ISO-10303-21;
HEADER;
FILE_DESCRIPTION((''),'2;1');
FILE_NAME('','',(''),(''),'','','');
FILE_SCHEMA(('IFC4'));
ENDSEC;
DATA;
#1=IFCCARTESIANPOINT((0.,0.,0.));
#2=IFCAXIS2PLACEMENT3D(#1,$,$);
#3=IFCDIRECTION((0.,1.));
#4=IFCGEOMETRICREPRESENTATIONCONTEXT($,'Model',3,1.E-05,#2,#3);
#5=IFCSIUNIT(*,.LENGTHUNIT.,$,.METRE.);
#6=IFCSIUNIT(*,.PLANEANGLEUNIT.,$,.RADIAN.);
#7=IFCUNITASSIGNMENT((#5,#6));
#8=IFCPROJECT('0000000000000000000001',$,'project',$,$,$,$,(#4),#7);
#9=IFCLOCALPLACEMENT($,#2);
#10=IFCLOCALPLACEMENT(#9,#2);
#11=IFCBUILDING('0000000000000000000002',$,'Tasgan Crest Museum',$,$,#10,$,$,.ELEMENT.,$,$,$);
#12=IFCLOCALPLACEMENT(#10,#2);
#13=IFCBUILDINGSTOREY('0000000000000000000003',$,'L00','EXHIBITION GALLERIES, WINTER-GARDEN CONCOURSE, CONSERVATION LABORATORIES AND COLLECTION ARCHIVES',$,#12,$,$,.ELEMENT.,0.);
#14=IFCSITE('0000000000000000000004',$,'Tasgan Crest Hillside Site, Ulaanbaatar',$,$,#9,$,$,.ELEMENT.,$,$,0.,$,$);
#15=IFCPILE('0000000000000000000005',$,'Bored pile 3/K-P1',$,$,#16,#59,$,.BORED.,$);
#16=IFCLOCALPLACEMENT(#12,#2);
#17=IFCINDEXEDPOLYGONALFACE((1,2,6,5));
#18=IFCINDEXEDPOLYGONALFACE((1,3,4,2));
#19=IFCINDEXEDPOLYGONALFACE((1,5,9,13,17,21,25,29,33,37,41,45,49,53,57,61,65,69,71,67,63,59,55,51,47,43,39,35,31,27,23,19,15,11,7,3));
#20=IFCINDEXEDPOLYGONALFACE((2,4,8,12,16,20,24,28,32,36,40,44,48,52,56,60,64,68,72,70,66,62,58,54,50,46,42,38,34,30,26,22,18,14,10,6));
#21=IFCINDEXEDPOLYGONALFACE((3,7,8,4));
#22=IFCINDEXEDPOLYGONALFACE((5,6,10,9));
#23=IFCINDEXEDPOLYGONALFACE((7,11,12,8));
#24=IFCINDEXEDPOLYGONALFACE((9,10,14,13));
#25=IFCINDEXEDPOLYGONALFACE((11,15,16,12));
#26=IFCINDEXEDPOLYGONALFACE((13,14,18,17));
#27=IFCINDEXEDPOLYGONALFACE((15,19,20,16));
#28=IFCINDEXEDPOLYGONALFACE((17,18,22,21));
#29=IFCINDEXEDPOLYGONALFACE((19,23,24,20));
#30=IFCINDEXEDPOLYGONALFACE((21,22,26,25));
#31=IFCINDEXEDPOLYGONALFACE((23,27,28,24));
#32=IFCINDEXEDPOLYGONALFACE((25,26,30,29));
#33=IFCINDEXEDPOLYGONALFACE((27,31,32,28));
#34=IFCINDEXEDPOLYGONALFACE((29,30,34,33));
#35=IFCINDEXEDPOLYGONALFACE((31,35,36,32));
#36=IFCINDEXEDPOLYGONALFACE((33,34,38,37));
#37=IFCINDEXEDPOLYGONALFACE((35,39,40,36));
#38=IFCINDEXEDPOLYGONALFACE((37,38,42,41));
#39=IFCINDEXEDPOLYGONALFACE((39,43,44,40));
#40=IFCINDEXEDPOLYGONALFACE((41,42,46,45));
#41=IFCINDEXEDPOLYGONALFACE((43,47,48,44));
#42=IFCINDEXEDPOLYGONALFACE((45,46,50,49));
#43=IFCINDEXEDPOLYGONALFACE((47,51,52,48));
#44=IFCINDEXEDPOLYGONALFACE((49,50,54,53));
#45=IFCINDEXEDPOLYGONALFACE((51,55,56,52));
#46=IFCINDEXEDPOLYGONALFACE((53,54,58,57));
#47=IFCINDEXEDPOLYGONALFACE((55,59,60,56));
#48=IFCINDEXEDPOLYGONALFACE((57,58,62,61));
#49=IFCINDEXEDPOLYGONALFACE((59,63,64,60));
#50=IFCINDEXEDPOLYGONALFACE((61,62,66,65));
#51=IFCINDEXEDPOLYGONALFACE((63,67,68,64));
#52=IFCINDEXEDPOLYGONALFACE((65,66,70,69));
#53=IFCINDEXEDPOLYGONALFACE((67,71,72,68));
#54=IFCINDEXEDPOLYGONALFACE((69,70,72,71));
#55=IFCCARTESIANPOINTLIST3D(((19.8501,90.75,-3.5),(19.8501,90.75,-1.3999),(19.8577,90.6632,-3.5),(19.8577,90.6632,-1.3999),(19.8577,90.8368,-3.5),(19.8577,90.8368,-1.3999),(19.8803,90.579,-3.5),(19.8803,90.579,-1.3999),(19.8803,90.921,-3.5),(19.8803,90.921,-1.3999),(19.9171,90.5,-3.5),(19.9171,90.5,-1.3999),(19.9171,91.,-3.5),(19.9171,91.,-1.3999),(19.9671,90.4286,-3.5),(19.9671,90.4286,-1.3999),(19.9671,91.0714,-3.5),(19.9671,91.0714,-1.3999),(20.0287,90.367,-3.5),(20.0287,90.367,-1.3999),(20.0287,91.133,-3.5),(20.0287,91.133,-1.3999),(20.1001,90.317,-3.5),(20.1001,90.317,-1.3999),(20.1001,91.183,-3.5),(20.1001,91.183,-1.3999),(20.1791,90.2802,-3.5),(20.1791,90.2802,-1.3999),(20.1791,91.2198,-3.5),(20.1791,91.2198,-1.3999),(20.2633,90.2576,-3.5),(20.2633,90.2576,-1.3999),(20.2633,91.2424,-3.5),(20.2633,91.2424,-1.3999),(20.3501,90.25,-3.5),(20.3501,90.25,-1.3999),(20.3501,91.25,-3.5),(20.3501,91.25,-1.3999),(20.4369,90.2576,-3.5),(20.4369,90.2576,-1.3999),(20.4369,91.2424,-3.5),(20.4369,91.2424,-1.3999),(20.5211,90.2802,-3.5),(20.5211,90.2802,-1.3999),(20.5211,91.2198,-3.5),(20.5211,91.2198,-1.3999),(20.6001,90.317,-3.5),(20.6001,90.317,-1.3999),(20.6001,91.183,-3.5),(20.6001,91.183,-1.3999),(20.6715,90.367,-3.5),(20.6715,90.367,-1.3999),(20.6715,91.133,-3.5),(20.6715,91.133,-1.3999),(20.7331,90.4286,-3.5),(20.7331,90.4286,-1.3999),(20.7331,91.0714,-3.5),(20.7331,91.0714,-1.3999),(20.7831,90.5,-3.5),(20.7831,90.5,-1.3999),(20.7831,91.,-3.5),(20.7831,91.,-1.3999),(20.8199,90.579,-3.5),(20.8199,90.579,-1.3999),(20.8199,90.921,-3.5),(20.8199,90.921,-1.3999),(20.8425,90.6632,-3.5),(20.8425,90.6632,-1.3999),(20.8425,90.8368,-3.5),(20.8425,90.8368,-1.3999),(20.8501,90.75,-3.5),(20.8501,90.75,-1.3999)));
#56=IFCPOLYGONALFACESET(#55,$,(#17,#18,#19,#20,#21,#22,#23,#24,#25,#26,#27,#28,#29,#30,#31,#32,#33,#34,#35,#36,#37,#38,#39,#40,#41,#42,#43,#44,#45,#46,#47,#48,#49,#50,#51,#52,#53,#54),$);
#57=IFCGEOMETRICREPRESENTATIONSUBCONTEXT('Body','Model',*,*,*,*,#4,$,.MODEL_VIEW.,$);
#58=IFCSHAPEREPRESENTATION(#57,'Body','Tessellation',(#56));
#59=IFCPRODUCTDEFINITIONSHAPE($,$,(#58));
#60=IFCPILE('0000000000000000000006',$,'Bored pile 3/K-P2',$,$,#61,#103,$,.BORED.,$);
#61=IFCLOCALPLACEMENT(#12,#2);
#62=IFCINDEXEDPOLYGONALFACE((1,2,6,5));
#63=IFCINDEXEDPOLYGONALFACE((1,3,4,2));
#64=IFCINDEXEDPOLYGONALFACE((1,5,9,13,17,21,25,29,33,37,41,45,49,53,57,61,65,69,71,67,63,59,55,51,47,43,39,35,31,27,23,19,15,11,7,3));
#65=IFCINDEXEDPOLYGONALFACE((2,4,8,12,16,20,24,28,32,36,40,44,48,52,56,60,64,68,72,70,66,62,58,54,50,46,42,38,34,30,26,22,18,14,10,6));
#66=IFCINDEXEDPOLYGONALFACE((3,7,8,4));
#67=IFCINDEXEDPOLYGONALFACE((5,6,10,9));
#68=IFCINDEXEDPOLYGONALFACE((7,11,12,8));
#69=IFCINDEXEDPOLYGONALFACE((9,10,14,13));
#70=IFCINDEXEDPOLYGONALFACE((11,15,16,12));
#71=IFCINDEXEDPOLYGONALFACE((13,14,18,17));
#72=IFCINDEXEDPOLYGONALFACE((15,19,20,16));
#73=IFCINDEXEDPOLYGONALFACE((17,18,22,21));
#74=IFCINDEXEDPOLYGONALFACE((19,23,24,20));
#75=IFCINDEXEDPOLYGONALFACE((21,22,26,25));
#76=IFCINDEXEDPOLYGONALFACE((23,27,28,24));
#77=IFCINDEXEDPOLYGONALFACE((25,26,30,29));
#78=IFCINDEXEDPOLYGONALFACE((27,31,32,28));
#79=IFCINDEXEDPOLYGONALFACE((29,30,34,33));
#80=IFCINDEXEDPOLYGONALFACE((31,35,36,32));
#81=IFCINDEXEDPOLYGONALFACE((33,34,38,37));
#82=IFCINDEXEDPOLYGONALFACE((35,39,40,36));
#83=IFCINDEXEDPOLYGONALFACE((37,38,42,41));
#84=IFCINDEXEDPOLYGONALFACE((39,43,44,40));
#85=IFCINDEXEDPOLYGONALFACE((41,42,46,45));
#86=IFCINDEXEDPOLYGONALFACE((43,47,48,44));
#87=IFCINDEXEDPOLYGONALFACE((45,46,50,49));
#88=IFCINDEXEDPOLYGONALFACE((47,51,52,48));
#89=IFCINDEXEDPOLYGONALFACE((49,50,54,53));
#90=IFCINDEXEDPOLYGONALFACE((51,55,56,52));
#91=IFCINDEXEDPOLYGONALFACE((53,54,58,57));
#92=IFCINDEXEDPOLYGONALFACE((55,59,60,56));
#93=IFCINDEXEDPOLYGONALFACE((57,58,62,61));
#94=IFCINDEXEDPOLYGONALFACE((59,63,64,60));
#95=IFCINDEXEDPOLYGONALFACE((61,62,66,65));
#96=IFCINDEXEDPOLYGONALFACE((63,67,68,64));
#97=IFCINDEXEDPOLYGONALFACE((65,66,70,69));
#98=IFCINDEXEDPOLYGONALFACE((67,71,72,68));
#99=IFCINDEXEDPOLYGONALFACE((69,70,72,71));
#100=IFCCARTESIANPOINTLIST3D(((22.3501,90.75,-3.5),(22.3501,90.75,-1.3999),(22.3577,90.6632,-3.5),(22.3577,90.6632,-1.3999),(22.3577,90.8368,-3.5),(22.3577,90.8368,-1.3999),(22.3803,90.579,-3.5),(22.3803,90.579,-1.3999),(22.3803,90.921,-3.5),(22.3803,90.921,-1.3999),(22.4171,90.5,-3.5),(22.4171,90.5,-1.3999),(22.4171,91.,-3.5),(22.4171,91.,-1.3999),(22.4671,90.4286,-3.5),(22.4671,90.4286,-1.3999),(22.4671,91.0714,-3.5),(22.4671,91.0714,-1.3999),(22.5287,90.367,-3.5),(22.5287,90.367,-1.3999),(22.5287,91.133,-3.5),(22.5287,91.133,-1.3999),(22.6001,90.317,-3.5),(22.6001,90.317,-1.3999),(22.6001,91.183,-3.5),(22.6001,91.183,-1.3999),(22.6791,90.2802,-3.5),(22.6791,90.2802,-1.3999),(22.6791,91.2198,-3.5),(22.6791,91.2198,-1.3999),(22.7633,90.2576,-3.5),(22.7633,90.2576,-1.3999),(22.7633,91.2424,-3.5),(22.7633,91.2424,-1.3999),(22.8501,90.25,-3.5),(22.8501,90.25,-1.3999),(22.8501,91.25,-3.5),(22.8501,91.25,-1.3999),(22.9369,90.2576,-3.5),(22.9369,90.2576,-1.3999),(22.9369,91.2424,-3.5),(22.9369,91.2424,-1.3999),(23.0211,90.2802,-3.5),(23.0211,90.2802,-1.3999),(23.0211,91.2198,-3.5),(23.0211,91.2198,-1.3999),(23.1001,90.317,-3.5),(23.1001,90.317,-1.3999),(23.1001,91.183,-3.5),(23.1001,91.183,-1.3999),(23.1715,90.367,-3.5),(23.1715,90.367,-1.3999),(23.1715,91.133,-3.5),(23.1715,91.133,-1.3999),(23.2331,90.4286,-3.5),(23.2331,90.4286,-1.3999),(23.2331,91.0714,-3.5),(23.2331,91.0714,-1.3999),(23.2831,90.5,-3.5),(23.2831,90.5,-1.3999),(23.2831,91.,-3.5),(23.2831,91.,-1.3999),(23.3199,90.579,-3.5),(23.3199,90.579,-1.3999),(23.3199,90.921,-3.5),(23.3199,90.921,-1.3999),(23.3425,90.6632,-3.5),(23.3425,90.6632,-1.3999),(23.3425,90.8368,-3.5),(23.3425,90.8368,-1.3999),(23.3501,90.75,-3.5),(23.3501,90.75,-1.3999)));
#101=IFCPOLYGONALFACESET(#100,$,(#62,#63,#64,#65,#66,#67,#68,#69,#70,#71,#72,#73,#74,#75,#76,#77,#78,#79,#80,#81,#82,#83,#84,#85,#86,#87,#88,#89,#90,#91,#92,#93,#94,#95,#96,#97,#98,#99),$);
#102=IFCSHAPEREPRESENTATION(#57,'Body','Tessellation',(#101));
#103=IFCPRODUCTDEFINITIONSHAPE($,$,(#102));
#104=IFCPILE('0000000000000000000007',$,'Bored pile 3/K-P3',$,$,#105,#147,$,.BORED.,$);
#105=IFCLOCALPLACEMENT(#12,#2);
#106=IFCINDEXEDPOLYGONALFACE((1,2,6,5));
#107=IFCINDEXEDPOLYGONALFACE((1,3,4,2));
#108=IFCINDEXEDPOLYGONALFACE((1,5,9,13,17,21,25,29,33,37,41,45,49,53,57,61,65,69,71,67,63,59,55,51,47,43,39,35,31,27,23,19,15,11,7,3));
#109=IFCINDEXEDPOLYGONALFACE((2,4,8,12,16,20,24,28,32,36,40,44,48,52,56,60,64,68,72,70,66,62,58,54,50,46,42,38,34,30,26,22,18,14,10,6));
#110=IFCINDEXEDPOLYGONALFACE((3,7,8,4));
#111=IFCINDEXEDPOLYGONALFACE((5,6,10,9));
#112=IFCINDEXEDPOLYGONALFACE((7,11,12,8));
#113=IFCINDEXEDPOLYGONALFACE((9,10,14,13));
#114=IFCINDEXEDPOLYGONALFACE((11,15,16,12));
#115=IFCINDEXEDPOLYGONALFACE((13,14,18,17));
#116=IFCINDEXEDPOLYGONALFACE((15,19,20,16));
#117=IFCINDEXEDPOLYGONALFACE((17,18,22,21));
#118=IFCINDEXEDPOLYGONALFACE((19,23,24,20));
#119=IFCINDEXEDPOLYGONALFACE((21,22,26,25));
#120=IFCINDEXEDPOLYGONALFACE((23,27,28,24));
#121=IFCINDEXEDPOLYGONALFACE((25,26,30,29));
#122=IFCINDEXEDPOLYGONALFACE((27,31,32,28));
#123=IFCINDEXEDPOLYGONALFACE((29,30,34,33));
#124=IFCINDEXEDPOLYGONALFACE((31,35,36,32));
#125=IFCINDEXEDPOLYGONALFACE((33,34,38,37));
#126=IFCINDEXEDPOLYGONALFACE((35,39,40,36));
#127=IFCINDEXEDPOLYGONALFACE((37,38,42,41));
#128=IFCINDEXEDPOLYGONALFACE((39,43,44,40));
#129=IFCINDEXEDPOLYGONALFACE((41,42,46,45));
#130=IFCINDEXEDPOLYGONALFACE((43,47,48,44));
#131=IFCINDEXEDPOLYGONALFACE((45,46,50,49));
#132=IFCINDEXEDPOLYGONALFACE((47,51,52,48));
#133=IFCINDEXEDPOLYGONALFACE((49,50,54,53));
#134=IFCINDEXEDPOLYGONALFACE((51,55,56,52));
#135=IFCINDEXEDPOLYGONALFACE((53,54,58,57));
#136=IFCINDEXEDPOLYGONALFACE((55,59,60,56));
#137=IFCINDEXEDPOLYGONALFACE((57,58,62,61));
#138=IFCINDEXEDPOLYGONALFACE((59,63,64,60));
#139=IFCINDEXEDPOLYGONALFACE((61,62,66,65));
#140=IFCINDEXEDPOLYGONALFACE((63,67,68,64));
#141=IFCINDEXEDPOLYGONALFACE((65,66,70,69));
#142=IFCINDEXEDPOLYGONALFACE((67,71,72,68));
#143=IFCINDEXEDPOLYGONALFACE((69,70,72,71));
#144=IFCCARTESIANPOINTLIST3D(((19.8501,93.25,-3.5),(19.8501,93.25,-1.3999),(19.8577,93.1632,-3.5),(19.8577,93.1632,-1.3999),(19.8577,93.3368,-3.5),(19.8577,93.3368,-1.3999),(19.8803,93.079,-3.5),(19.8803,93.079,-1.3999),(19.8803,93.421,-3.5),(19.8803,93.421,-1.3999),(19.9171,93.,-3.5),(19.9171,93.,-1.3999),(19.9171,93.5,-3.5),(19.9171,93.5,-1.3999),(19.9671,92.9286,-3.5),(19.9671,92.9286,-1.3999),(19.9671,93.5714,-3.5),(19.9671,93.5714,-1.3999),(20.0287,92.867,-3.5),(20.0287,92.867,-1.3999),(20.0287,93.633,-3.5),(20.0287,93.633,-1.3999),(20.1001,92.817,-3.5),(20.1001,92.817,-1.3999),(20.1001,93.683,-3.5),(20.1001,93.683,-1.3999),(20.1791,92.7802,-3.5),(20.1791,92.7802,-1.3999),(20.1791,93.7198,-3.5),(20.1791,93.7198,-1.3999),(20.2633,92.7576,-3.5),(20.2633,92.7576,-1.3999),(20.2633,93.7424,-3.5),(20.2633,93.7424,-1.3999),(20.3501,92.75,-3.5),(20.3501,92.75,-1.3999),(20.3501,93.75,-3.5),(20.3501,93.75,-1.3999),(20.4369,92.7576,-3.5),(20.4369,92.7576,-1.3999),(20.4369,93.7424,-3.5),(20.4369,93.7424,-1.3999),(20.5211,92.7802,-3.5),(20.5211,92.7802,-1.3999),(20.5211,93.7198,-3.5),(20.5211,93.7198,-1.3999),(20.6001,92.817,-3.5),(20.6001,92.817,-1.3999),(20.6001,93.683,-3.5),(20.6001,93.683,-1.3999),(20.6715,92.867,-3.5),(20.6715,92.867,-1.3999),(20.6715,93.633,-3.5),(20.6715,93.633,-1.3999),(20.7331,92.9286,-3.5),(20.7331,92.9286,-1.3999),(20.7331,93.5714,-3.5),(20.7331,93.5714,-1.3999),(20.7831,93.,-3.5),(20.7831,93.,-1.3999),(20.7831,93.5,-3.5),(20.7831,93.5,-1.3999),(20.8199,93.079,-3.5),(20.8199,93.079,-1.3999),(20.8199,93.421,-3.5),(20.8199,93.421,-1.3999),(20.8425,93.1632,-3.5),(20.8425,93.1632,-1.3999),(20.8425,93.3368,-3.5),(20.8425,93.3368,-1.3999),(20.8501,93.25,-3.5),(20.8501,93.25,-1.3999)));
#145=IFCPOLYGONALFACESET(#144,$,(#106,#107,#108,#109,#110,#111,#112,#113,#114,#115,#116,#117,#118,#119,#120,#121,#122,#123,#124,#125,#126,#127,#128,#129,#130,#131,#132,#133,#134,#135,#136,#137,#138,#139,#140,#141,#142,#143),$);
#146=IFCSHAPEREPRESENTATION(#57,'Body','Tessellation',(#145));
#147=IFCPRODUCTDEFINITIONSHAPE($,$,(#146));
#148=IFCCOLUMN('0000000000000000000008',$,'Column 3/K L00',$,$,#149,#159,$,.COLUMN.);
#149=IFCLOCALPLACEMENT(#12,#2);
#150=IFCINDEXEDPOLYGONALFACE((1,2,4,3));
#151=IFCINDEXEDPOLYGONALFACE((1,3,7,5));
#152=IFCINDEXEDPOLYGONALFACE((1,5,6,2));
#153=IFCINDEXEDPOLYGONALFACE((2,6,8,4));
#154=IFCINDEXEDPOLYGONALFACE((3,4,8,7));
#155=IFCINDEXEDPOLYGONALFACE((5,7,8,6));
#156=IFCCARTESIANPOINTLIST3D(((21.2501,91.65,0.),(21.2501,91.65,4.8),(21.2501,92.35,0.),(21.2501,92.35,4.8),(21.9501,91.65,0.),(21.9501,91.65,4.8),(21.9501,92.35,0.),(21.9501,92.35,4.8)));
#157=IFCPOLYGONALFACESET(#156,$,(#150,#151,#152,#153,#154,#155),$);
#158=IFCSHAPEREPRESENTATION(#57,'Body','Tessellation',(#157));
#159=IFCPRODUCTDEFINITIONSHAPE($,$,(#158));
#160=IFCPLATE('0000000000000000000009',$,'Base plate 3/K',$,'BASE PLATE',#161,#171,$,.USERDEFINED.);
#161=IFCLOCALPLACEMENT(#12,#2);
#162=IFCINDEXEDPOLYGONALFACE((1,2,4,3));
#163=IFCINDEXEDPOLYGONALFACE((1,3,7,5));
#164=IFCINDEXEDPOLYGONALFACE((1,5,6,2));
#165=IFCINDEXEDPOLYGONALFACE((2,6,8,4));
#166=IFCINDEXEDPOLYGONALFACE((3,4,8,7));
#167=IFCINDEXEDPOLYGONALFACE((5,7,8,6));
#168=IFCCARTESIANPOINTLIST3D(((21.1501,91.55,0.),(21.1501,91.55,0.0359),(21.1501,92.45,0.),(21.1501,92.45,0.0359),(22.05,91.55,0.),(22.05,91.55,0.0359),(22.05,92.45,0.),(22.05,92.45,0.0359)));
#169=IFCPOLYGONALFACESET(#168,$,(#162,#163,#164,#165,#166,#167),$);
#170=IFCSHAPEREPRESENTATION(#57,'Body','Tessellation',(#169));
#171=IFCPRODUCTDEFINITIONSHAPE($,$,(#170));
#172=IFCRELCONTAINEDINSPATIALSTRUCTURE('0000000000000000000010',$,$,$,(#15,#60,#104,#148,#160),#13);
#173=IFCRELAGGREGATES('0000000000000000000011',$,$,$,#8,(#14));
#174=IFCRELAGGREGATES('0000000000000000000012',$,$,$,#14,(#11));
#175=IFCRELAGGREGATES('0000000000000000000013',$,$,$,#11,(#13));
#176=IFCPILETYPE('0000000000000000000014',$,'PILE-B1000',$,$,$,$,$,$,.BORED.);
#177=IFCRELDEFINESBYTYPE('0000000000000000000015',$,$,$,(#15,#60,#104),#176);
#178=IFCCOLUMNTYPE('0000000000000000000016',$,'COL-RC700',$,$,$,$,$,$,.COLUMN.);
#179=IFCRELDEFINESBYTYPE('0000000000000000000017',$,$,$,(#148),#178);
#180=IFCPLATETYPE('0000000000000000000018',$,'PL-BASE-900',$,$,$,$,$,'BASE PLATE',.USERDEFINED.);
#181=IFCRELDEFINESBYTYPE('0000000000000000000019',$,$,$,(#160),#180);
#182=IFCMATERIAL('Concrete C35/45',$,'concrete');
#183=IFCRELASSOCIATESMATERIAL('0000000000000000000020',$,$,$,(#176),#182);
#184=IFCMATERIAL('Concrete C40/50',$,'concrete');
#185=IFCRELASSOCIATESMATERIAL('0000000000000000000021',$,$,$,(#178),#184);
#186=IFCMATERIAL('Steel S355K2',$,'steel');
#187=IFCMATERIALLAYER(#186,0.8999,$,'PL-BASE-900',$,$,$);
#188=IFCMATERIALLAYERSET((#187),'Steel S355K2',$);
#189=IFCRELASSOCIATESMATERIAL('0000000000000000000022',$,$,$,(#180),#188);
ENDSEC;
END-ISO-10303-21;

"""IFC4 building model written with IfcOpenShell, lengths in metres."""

from ifc_helpers import new_model, si_unit, direction, frame, origin, origin_2d, place, context, subcontext, project, spatial, rectangle, circle, extrude, material, layer, layer_set, material_profile, profile_set, type_object, element, save


model = new_model("IFC4")

# Units and contexts
model_context = context("Model", 3, precision=1e-05, world=origin(), true_north=direction((0.0, 1.0)))
body_context = subcontext(model_context, "Body", "Model", "MODEL_VIEW")
ifc_project = project(units=[si_unit("LENGTHUNIT", "METRE"), si_unit("PLANEANGLEUNIT", "RADIAN")], contexts=[model_context])

# Site, building, storey
site_placement = place(None, origin())
site = spatial("IfcSite", under=ifc_project, at=site_placement, Name="Tasgan Crest Hillside Site, Ulaanbaatar", CompositionType="ELEMENT", RefElevation=0.0)
building_placement = place(site_placement, origin())
building = spatial("IfcBuilding", under=site, at=building_placement, Name="Tasgan Crest Museum", CompositionType="ELEMENT")
storey_placement = place(building_placement, origin())
storey = spatial("IfcBuildingStorey", under=building, at=storey_placement, Name="L00", Description="EXHIBITION GALLERIES, WINTER-GARDEN CONCOURSE, CONSERVATION LABORATORIES AND COLLECTION ARCHIVES", CompositionType="ELEMENT", Elevation=0.0)

# Piles
ifc_material_1 = material(Name="Concrete C35/45", Category="concrete")
ifc_material_profile_1 = material_profile(ifc_material_1, circle(Radius=0.5, at=origin_2d()), Name="PILE D1000")
ifc_profile_set_1 = profile_set([ifc_material_profile_1], Name="Concrete C35/45")
pile_type = type_object("IfcPileType", Name="PILE-B1000", PredefinedType="BORED", material=ifc_profile_set_1)
for number, where, z_axis, x_axis, name in (
    (1, (20.3501, 90.75, -1.3999), (0.0, 0.0, -1.0), (1.0, 0.0, 0.0), "Bored pile 3/K-P1"),
    (2, (22.8501, 90.75, -1.3999), (0.0, 0.0, -1.0), (1.0, 0.0, 0.0), "Bored pile 3/K-P2"),
    (3, (20.3501, 93.25, -1.3999), (0.0, 0.0, -1.0), (1.0, 0.0, 0.0), "Bored pile 3/K-P3"),
):
    element("IfcPile", number, at=place(storey_placement, frame(where, z_axis=z_axis, x_axis=x_axis)), inside=storey, type_object=pile_type, Name=name, PredefinedType="BORED", context=body_context, shape_type="SweptSolid", body=[
        extrude(circle(Radius=0.5, at=origin_2d()), origin(), (0.0, 0.0, 1.0), 2.1001),
    ])

# Column
ifc_material_2 = material(Name="Concrete C40/50", Category="concrete")
ifc_material_profile_2 = material_profile(ifc_material_2, rectangle(XDim=0.7, YDim=0.7, at=origin_2d()), Name="RC 700x700")
ifc_profile_set_2 = profile_set([ifc_material_profile_2], Name="Concrete C40/50")
column_type = type_object("IfcColumnType", Name="COL-RC700", PredefinedType="COLUMN", material=ifc_profile_set_2)
column_placement = place(storey_placement, frame((21.6001, 92.0, 0.0), z_axis=(0.0, 0.0, 1.0), x_axis=(1.0, 0.0, 0.0)))
element("IfcColumn", 4, at=column_placement, inside=storey, type_object=column_type, Name="Column 3/K L00", PredefinedType="COLUMN", context=body_context, shape_type="SweptSolid", body=[
    extrude(rectangle(XDim=0.7, YDim=0.7, at=origin_2d()), origin(), (0.0, 0.0, 1.0), 4.8),
])

# Plate
ifc_material_3 = material(Name="Steel S355K2", Category="steel")
ifc_layer_1 = layer(ifc_material_3, 0.8999, Name="PL-BASE-900")
ifc_layer_set_1 = layer_set([ifc_layer_1], Name="Steel S355K2")
plate_type = type_object("IfcPlateType", Name="PL-BASE-900", ElementType="BASE PLATE", PredefinedType="USERDEFINED", material=ifc_layer_set_1)
plate_placement = place(storey_placement, frame((21.6001, 92.0, 0.0), z_axis=(0.0, 0.0, 1.0), x_axis=(1.0, 0.0, 0.0)))
element("IfcPlate", 5, at=plate_placement, inside=storey, type_object=plate_type, Name="Base plate 3/K", ObjectType="BASE PLATE", PredefinedType="USERDEFINED", context=body_context, shape_type="SweptSolid", body=[
    extrude(rectangle(XDim=0.8999, YDim=0.8999, at=origin_2d()), origin(), (0.0, 0.0, 1.0), 0.0359),
])

save(model, "model.ifc")
